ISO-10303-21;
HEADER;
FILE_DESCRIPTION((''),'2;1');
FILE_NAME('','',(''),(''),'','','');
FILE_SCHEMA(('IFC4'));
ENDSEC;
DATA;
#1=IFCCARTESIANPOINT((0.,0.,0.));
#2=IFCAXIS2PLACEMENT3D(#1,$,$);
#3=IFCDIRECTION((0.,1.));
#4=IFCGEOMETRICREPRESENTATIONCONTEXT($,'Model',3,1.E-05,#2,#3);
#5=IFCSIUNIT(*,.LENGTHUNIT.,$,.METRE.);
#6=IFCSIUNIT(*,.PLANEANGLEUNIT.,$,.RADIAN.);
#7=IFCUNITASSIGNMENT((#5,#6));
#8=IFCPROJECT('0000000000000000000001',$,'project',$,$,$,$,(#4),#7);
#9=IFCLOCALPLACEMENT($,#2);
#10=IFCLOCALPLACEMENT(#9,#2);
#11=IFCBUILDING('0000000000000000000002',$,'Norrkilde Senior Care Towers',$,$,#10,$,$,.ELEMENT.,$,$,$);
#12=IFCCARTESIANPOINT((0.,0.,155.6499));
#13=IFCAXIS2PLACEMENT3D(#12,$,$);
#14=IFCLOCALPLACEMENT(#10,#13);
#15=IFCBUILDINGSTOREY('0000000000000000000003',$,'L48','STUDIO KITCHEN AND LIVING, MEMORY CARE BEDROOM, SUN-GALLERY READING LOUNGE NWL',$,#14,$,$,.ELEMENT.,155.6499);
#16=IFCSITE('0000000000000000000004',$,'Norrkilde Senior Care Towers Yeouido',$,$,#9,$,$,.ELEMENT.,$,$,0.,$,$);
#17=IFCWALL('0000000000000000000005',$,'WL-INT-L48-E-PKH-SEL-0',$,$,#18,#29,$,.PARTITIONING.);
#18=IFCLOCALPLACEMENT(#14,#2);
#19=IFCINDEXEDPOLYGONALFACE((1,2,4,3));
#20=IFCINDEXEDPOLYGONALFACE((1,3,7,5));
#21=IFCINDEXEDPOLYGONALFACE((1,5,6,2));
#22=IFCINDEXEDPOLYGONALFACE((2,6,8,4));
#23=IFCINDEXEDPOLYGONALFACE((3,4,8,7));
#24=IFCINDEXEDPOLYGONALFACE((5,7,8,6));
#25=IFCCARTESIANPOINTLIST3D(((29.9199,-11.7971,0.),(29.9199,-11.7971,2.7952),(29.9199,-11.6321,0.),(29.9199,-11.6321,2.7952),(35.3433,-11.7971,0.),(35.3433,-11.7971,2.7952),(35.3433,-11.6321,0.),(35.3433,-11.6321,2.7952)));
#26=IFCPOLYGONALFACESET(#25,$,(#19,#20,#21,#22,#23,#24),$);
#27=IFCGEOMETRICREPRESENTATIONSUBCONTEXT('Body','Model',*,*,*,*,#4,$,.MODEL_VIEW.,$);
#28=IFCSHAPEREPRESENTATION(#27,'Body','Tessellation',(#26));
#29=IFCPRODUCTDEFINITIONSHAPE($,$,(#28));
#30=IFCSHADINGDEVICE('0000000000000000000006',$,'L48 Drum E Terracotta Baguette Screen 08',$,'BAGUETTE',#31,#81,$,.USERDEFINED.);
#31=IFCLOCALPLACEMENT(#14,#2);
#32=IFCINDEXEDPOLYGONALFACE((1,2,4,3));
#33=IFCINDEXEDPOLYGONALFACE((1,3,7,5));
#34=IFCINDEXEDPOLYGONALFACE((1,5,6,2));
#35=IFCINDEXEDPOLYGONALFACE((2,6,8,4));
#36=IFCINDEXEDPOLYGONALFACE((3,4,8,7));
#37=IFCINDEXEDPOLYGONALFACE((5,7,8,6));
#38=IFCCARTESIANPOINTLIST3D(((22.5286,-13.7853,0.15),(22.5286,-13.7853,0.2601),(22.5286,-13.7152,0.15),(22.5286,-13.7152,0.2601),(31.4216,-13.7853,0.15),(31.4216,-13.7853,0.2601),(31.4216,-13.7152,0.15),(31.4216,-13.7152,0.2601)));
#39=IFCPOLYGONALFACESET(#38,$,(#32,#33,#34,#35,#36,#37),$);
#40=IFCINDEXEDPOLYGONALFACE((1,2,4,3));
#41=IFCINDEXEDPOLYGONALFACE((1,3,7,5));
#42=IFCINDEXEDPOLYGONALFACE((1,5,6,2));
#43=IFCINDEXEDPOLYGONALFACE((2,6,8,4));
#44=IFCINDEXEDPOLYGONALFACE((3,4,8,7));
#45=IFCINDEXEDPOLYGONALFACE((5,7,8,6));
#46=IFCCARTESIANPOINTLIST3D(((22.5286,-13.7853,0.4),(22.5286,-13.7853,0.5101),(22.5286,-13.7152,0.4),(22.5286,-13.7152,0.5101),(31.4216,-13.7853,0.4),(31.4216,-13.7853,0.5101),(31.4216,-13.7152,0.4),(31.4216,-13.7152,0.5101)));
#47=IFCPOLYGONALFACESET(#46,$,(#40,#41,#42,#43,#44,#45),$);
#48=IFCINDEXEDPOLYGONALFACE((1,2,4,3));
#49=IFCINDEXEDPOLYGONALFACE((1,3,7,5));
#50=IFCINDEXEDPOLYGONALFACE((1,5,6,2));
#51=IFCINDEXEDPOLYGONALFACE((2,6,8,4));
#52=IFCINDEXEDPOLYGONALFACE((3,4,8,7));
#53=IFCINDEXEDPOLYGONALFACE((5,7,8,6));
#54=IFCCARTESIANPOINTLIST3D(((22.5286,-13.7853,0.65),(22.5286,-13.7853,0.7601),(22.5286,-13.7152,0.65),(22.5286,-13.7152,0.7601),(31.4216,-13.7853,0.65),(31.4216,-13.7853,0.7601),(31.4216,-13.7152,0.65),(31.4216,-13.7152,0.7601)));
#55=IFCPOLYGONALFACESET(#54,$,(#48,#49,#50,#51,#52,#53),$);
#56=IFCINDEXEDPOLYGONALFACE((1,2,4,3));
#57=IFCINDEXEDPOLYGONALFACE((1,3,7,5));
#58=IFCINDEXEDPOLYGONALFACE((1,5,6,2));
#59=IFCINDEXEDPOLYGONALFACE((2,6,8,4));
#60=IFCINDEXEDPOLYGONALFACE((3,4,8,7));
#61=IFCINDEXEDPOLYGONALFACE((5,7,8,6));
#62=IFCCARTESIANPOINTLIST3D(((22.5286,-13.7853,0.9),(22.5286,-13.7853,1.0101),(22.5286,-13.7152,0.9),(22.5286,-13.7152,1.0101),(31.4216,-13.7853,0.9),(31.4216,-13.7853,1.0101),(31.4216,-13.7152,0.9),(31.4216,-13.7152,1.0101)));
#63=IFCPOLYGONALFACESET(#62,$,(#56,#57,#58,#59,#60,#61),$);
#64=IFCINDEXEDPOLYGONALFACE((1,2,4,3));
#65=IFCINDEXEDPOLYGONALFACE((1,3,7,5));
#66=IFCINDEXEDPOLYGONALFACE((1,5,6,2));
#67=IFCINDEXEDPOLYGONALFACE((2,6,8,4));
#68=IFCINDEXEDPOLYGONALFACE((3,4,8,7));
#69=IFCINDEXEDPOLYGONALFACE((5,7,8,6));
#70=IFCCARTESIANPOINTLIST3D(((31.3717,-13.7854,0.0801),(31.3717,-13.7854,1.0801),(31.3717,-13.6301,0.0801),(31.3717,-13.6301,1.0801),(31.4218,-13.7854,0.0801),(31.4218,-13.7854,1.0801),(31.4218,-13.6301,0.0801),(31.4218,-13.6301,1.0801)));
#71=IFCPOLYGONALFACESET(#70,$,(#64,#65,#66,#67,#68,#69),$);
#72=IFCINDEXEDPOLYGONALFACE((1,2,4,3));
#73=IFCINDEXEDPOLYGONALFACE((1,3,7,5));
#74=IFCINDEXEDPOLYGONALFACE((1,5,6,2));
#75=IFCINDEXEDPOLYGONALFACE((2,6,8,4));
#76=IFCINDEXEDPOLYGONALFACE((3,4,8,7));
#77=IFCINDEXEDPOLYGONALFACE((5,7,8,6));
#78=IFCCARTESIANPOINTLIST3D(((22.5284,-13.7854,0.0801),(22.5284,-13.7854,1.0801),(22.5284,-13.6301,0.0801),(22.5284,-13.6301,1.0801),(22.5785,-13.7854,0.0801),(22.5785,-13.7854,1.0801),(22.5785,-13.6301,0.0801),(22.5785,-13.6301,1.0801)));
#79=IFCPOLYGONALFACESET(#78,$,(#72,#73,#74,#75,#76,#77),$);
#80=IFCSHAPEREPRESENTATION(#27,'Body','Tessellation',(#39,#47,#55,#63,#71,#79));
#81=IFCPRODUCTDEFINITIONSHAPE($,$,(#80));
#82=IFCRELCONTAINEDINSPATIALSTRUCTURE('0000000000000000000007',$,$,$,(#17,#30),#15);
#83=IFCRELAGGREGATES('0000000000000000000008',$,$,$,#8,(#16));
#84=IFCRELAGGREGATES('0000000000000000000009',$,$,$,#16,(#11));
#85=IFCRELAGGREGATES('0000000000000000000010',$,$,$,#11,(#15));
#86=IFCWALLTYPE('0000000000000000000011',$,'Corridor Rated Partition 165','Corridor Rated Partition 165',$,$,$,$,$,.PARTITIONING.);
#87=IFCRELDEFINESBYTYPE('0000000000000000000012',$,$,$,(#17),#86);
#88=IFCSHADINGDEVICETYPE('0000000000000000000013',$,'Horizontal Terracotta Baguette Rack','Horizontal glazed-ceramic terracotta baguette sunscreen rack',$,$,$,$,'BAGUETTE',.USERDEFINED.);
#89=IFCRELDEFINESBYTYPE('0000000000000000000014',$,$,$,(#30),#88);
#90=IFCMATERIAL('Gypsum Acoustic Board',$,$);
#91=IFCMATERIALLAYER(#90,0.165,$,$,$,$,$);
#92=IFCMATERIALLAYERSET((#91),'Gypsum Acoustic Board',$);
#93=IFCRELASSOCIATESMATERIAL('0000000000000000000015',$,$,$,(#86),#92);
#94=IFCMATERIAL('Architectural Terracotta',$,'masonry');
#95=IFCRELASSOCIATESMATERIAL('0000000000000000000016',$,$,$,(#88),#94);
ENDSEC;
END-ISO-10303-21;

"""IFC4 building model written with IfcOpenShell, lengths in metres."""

from ifc_helpers import new_model, si_unit, direction, frame, frame_2d, origin, origin_2d, place, context, subcontext, project, spatial, rectangle, extrude, source, transform, mapped, material, layer, layer_set, type_object, type_shapes, element, save


model = new_model("IFC4")

# Units and contexts
model_context = context("Model", 3, precision=1e-05, world=origin(), true_north=direction((0.0, 1.0)))
body_context = subcontext(model_context, "Body", "Model", "MODEL_VIEW")
ifc_project = project(units=[si_unit("LENGTHUNIT", "METRE"), si_unit("PLANEANGLEUNIT", "RADIAN")], contexts=[model_context])

# Site, building, storey
site_placement = place(None, origin())
site = spatial("IfcSite", under=ifc_project, at=site_placement, Name="Norrkilde Senior Care Towers Yeouido", CompositionType="ELEMENT", RefElevation=0.0)
building_placement = place(site_placement, origin())
building = spatial("IfcBuilding", under=site, at=building_placement, Name="Norrkilde Senior Care Towers", CompositionType="ELEMENT")
storey_placement = place(building_placement, frame((0.0, 0.0, 155.6499)))
storey = spatial("IfcBuildingStorey", under=building, at=storey_placement, Name="L48", Description="STUDIO KITCHEN AND LIVING, MEMORY CARE BEDROOM, SUN-GALLERY READING LOUNGE NWL", CompositionType="ELEMENT", Elevation=155.6499)

# Shared definitions
ifc_material_1 = material(Name="Gypsum Acoustic Board")
ifc_layer_1 = layer(ifc_material_1, 0.165)
ifc_layer_set_1 = layer_set([ifc_layer_1], Name="Gypsum Acoustic Board")
wall_type_1 = type_object("IfcWallType", Name="Corridor Rated Partition 165", Description="Corridor Rated Partition 165", PredefinedType="PARTITIONING", material=ifc_layer_set_1)

# Wall
shared_shape_1 = source(origin(), body_context, "Body", "SweptSolid", [
    extrude(rectangle(XDim=5.4233, YDim=0.165, at=frame_2d((2.7117, 0.0))), origin(), (0.0, 0.0, 1.0), 2.7952),
])
wall_1_placement = place(storey_placement, frame((29.9199, -11.7146, 0.0), z_axis=(0.0, 0.0, 1.0), x_axis=(1.0, 0.0, 0.0)))
element("IfcWall", 1, at=wall_1_placement, inside=storey, type_object=wall_type_1, Name="WL-INT-L48-E-PKH-SEL-0", PredefinedType="PARTITIONING", context=body_context, shape_type="MappedRepresentation", body=[
    mapped(shared_shape_1, transform((0.0, 0.0, 0.0), x_axis=(1.0, 0.0, 0.0), y_axis=(0.0, 1.0, 0.0), z_axis=(0.0, 0.0, 1.0), scale=1.0)),
])

# Shading device
ifc_material_2 = material(Name="Architectural Terracotta", Category="masonry")
shading_device_type = type_object("IfcShadingDeviceType", Name="Horizontal Terracotta Baguette Rack", Description="Horizontal glazed-ceramic terracotta baguette sunscreen rack", ElementType="BAGUETTE", PredefinedType="USERDEFINED", material=ifc_material_2)
shared_shape_2 = source(origin(), body_context, "Body", "SweptSolid", [
    extrude(rectangle(XDim=0.0701, YDim=0.1101, at=origin_2d()), frame((0.0, 0.0901, 0.125), z_axis=(1.0, 0.0, 0.0), x_axis=(0.0, 1.0, 0.0)), (0.0, 0.0, 1.0), 8.8931),
    extrude(rectangle(XDim=0.0701, YDim=0.1101, at=origin_2d()), frame((0.0, 0.0901, 0.375), z_axis=(1.0, 0.0, 0.0), x_axis=(0.0, 1.0, 0.0)), (0.0, 0.0, 1.0), 8.8931),
    extrude(rectangle(XDim=0.0701, YDim=0.1101, at=origin_2d()), frame((0.0, 0.0901, 0.625), z_axis=(1.0, 0.0, 0.0), x_axis=(0.0, 1.0, 0.0)), (0.0, 0.0, 1.0), 8.8931),
    extrude(rectangle(XDim=0.0701, YDim=0.1101, at=origin_2d()), frame((0.0, 0.0901, 0.875), z_axis=(1.0, 0.0, 0.0), x_axis=(0.0, 1.0, 0.0)), (0.0, 0.0, 1.0), 8.8931),
    extrude(rectangle(XDim=0.05, YDim=0.1553, at=origin_2d()), frame((0.0249, 0.0476, 0.0)), (0.0, 0.0, 1.0), 1.0),
    extrude(rectangle(XDim=0.05, YDim=0.1553, at=origin_2d()), frame((8.8682, 0.0476, 0.0)), (0.0, 0.0, 1.0), 1.0),
])
type_shapes(shading_device_type, [shared_shape_2])
shading_device_placement = place(storey_placement, frame((31.4216, -13.6602, 0.0801), z_axis=(0.0, 0.0, 1.0), x_axis=(-1.0, 0.0, 0.0)))
element("IfcShadingDevice", 2, at=shading_device_placement, inside=storey, type_object=shading_device_type, Name="L48 Drum E Terracotta Baguette Screen 08", ObjectType="BAGUETTE", PredefinedType="USERDEFINED", context=body_context, shape_type="MappedRepresentation", body=[
    mapped(shared_shape_2, transform((0.0, 0.0, 0.0), x_axis=(1.0, 0.0, 0.0), y_axis=(0.0, 1.0, 0.0), z_axis=(0.0, 0.0, 1.0), scale=1.0)),
])

save(model, "model.ifc")
